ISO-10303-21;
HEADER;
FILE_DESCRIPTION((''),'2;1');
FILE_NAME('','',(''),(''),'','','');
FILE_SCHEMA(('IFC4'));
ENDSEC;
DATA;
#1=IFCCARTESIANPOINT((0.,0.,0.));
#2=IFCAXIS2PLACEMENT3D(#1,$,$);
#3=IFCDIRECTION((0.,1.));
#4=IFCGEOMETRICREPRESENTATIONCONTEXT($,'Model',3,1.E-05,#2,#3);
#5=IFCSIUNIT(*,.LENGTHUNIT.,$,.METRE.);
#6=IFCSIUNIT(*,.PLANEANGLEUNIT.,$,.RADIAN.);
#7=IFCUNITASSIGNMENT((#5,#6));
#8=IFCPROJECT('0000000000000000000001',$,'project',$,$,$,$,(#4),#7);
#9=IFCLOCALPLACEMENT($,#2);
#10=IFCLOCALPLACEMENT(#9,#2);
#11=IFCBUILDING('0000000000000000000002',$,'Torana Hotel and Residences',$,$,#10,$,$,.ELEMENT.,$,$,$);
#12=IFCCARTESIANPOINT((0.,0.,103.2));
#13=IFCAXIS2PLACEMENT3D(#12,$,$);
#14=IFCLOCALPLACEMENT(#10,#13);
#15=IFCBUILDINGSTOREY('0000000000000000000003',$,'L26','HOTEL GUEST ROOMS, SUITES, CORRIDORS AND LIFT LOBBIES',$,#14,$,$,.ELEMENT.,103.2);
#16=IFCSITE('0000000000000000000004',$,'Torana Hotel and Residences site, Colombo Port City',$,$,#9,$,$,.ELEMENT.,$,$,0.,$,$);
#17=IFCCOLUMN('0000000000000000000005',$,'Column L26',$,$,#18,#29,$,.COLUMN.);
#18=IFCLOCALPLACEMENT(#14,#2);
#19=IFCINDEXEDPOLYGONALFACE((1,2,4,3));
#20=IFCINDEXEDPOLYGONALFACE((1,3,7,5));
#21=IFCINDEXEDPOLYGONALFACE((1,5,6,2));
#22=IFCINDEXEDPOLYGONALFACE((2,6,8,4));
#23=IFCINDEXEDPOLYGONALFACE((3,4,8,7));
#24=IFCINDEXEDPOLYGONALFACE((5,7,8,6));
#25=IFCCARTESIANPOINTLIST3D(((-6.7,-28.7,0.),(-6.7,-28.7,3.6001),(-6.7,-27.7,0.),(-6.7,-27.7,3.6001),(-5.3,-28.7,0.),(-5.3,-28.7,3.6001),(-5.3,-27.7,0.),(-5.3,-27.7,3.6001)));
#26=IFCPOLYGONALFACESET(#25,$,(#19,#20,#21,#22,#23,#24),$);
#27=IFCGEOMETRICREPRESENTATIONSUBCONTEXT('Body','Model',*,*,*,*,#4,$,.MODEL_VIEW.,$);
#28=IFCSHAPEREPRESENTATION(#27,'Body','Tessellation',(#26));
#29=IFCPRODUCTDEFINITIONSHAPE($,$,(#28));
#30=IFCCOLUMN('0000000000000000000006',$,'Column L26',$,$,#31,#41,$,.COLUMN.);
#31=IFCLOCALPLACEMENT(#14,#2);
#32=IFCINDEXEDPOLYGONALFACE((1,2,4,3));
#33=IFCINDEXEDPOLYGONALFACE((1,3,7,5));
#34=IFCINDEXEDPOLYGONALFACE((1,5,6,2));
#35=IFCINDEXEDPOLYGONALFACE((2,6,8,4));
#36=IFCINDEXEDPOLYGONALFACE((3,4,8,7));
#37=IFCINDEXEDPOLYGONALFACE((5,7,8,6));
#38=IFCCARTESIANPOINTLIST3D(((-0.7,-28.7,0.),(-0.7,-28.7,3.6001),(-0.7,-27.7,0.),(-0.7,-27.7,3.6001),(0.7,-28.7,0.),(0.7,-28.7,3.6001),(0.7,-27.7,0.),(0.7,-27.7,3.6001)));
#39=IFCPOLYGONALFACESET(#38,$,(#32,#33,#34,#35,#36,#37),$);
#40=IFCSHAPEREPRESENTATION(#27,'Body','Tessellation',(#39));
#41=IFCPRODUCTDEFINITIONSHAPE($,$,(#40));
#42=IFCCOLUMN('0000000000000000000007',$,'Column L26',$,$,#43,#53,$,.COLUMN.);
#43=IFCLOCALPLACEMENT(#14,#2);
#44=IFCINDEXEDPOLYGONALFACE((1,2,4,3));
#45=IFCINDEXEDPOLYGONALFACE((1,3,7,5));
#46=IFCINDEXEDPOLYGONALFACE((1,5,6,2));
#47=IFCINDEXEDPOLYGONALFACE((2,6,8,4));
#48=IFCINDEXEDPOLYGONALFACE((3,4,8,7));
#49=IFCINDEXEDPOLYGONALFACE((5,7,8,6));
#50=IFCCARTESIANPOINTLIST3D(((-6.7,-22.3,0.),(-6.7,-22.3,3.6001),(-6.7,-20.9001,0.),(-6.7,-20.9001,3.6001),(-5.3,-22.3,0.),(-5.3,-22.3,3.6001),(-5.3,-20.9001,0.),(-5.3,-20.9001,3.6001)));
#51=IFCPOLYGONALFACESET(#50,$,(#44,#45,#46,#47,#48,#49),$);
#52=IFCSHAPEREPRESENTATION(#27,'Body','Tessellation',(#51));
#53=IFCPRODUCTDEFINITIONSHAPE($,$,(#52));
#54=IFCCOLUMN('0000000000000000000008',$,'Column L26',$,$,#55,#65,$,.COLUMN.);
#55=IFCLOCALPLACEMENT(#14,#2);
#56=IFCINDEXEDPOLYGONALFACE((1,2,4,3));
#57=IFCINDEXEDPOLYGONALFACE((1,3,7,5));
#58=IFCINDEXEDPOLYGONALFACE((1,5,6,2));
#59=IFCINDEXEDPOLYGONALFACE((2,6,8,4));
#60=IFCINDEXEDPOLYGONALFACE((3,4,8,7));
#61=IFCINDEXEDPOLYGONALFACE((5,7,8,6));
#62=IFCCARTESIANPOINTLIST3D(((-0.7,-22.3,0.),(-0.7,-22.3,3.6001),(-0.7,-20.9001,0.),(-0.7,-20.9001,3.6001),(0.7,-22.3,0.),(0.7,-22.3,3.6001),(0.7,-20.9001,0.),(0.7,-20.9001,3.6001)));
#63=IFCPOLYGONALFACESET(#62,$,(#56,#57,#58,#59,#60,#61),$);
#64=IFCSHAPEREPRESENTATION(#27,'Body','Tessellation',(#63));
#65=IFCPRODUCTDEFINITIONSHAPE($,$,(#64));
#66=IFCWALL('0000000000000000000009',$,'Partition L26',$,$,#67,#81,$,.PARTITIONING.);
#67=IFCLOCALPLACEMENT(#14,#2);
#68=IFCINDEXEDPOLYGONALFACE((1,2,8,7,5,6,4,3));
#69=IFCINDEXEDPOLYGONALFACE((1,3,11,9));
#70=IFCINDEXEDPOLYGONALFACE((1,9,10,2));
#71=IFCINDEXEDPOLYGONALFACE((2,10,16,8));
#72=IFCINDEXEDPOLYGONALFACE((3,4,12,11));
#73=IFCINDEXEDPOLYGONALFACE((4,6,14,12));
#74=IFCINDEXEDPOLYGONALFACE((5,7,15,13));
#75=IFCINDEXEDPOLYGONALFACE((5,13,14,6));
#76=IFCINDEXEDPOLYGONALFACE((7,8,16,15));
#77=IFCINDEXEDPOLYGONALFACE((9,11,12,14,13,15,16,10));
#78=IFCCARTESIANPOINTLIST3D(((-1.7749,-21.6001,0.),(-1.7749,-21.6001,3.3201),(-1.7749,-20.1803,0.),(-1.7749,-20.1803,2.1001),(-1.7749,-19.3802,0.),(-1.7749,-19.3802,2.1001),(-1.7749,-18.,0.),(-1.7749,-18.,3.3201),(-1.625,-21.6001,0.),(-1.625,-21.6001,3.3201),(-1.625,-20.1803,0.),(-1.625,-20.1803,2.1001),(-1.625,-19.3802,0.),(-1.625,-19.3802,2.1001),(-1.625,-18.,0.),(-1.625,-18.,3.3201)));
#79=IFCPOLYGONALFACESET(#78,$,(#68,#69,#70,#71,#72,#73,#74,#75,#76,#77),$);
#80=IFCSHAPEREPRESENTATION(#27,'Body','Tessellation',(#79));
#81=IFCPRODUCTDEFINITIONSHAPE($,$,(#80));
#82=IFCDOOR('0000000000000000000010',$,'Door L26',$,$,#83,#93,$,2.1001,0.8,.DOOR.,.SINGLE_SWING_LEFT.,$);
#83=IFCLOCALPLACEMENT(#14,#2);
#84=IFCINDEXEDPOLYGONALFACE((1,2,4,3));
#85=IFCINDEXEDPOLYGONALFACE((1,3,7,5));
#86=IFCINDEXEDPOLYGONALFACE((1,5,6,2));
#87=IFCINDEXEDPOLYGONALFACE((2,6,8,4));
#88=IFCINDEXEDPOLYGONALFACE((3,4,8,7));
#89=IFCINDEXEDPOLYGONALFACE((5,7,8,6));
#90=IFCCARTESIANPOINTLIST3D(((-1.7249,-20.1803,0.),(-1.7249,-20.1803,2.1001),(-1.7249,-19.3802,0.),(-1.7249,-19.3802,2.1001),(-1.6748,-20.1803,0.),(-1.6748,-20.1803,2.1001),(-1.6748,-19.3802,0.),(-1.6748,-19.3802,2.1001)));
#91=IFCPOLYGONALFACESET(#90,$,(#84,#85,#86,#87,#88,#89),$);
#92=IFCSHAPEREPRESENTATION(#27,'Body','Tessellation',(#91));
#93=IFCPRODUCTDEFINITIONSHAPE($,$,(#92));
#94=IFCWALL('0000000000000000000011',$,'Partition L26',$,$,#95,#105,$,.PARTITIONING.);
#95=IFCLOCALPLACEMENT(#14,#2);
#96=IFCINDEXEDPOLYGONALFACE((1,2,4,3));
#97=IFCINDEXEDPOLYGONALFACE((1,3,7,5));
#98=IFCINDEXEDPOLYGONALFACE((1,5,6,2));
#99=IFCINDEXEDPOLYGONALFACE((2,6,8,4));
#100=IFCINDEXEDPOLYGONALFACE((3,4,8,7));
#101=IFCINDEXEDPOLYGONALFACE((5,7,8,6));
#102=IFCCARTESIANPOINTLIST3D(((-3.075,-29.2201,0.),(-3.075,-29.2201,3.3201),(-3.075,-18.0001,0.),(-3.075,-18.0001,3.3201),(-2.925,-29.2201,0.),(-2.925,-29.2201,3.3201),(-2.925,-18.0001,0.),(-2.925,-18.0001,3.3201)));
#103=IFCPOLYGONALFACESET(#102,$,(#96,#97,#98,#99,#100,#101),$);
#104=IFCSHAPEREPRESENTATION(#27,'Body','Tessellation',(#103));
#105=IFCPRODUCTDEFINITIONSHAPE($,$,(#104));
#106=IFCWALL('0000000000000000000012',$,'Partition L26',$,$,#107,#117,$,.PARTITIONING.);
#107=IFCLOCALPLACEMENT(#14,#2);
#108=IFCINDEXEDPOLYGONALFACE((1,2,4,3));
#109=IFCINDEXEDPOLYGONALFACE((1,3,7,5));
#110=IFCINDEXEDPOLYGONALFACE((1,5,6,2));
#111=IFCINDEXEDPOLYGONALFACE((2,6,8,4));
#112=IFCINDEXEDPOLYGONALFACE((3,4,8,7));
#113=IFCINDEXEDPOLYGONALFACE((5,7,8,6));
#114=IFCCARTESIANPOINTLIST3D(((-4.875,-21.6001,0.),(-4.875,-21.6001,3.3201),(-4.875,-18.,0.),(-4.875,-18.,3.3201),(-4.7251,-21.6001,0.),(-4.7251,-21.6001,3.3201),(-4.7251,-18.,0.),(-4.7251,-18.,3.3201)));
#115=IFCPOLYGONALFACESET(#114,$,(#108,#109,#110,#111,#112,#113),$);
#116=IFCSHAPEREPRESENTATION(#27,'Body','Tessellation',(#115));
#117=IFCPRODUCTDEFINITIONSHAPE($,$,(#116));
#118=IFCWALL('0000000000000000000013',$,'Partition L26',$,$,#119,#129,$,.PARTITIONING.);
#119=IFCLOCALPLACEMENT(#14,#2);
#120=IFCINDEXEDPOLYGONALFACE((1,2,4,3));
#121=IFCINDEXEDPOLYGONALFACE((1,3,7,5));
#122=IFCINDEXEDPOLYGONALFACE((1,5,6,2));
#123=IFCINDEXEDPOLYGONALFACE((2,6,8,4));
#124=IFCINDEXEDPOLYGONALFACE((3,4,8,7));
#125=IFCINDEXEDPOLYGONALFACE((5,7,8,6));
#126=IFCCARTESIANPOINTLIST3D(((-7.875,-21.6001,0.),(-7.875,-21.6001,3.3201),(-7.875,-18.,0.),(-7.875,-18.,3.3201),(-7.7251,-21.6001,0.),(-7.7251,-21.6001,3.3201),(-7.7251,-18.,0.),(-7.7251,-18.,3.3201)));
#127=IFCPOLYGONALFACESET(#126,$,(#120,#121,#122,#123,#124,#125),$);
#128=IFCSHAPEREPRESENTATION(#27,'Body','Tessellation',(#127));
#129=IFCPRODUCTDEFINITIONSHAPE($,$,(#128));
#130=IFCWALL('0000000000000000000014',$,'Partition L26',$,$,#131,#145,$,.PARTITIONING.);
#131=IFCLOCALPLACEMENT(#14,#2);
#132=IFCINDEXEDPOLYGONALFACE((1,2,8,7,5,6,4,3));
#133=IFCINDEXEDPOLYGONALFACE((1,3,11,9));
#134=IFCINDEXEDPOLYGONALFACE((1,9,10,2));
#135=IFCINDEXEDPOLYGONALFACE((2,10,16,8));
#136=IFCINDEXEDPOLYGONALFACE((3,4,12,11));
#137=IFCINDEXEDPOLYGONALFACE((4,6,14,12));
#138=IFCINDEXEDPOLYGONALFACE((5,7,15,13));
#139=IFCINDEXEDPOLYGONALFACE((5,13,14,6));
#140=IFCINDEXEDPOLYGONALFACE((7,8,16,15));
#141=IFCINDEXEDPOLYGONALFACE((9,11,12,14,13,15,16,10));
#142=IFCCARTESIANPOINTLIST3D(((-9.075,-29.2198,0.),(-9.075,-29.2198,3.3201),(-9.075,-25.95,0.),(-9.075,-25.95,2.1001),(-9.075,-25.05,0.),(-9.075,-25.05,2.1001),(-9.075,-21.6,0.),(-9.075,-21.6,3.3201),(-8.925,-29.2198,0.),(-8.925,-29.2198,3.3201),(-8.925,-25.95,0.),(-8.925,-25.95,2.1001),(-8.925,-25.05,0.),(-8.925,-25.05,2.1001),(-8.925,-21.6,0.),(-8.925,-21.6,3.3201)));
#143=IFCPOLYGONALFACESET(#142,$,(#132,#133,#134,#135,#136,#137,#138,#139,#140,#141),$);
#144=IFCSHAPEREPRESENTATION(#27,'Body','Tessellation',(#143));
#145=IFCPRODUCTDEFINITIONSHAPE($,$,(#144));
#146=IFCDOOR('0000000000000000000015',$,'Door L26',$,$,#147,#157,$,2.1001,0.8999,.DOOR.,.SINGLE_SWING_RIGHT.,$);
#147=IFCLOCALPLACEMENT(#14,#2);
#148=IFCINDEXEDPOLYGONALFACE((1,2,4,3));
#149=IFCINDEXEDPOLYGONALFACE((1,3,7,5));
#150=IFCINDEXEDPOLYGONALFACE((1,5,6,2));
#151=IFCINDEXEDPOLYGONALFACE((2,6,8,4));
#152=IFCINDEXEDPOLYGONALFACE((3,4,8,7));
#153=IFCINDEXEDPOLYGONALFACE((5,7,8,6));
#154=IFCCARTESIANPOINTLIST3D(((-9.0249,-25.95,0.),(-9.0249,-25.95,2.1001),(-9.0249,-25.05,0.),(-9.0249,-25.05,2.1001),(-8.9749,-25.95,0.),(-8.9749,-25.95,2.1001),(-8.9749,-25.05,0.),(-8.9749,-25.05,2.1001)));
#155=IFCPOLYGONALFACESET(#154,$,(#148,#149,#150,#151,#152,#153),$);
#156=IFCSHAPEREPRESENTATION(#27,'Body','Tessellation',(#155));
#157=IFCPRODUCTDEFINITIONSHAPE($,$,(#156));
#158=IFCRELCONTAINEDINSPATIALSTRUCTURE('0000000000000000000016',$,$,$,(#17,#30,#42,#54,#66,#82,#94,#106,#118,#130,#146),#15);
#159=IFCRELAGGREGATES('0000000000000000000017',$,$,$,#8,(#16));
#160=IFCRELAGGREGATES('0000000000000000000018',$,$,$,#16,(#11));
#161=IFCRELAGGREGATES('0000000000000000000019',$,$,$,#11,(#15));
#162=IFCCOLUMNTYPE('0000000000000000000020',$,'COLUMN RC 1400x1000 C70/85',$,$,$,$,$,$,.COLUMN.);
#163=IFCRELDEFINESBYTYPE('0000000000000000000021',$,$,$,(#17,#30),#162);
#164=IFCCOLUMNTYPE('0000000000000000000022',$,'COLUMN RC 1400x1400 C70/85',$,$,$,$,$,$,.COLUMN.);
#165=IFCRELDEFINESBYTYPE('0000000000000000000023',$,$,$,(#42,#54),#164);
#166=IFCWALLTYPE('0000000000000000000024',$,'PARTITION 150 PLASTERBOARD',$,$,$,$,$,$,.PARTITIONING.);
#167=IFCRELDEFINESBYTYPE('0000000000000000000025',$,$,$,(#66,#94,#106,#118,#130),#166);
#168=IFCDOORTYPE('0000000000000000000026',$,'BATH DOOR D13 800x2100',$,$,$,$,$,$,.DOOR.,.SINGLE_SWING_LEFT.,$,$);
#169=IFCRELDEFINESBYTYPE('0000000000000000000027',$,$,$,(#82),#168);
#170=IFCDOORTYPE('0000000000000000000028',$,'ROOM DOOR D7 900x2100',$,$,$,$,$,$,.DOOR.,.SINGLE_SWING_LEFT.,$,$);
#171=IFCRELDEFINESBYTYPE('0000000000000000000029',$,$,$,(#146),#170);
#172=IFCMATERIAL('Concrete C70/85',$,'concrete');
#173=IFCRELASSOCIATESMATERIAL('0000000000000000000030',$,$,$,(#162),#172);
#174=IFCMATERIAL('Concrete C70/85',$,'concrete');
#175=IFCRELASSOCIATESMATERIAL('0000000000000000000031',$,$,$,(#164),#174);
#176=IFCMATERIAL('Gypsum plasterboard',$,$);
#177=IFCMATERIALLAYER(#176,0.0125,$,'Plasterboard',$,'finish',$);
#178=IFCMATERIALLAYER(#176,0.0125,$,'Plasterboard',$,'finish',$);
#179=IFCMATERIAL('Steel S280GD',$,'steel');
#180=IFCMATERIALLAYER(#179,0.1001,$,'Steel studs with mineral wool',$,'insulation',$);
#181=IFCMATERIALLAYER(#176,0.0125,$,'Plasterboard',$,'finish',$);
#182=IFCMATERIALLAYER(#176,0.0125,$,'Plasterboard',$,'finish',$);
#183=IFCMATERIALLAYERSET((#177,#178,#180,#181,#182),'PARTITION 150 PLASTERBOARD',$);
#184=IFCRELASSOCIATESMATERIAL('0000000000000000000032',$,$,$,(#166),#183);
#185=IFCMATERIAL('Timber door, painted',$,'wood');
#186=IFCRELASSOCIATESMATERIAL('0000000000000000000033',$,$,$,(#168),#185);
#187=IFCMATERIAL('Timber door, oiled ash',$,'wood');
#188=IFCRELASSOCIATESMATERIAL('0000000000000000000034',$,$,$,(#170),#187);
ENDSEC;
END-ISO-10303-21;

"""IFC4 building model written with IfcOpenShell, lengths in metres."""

from ifc_helpers import new_model, si_unit, direction, frame, frame_2d, origin, origin_2d, place, context, subcontext, project, spatial, rectangle, extrude, material, layer, layer_set, material_profile, profile_set, type_object, element, fill, save


model = new_model("IFC4")

# Units and contexts
model_context = context("Model", 3, precision=1e-05, world=origin(), true_north=direction((0.0, 1.0)))
body_context = subcontext(model_context, "Body", "Model", "MODEL_VIEW")
ifc_project = project(units=[si_unit("LENGTHUNIT", "METRE"), si_unit("PLANEANGLEUNIT", "RADIAN")], contexts=[model_context])

# Site, building, storey
site_placement = place(None, origin())
site = spatial("IfcSite", under=ifc_project, at=site_placement, Name="Torana Hotel and Residences site, Colombo Port City", CompositionType="ELEMENT", RefElevation=0.0)
building_placement = place(site_placement, origin())
building = spatial("IfcBuilding", under=site, at=building_placement, Name="Torana Hotel and Residences", CompositionType="ELEMENT")
storey_placement = place(building_placement, frame((0.0, 0.0, 103.2)))
storey = spatial("IfcBuildingStorey", under=building, at=storey_placement, Name="L26", Description="HOTEL GUEST ROOMS, SUITES, CORRIDORS AND LIFT LOBBIES", CompositionType="ELEMENT", Elevation=103.2)

# Columns
ifc_material_1 = material(Name="Concrete C70/85", Category="concrete")
ifc_material_profile_1 = material_profile(ifc_material_1, rectangle(XDim=1.3999, YDim=1.0, at=origin_2d()), Name="RC 1400x1000")
ifc_profile_set_1 = profile_set([ifc_material_profile_1], Name="Concrete C70/85")
column_type_1 = type_object("IfcColumnType", Name="COLUMN RC 1400x1000 C70/85", PredefinedType="COLUMN", material=ifc_profile_set_1)
for number, where, z_axis, x_axis, name in (
    (1, (-6.0, -28.2, 0.0), (0.0, 0.0, 1.0), (1.0, 0.0, 0.0), "Column L26"),
    (2, (0.0, -28.2, 0.0), (0.0, 0.0, 1.0), (1.0, 0.0, 0.0), "Column L26"),
):
    element("IfcColumn", number, at=place(storey_placement, frame(where, z_axis=z_axis, x_axis=x_axis)), inside=storey, type_object=column_type_1, Name=name, PredefinedType="COLUMN", context=body_context, shape_type="SweptSolid", body=[
        extrude(rectangle(XDim=1.3999, YDim=1.0, at=origin_2d()), origin(), (0.0, 0.0, 1.0), 3.6001),
    ])
ifc_material_2 = material(Name="Concrete C70/85", Category="concrete")
ifc_material_profile_2 = material_profile(ifc_material_2, rectangle(XDim=1.3999, YDim=1.3999, at=origin_2d()), Name="RC 1400x1400")
ifc_profile_set_2 = profile_set([ifc_material_profile_2], Name="Concrete C70/85")
column_type_2 = type_object("IfcColumnType", Name="COLUMN RC 1400x1400 C70/85", PredefinedType="COLUMN", material=ifc_profile_set_2)
for number, where, z_axis, x_axis, name in (
    (3, (-6.0, -21.6001, 0.0), (0.0, 0.0, 1.0), (1.0, 0.0, 0.0), "Column L26"),
    (4, (0.0, -21.6001, 0.0), (0.0, 0.0, 1.0), (1.0, 0.0, 0.0), "Column L26"),
):
    element("IfcColumn", number, at=place(storey_placement, frame(where, z_axis=z_axis, x_axis=x_axis)), inside=storey, type_object=column_type_2, Name=name, PredefinedType="COLUMN", context=body_context, shape_type="SweptSolid", body=[
        extrude(rectangle(XDim=1.3999, YDim=1.3999, at=origin_2d()), origin(), (0.0, 0.0, 1.0), 3.6001),
    ])

# Wall, opening, door
ifc_material_3 = material(Name="Gypsum plasterboard")
ifc_layer_1 = layer(ifc_material_3, 0.0125, Name="Plasterboard", Category="finish")
ifc_layer_2 = layer(ifc_material_3, 0.0125, Name="Plasterboard", Category="finish")
ifc_material_4 = material(Name="Steel S280GD", Category="steel")
ifc_layer_3 = layer(ifc_material_4, 0.1001, Name="Steel studs with mineral wool", Category="insulation")
ifc_layer_4 = layer(ifc_material_3, 0.0125, Name="Plasterboard", Category="finish")
ifc_layer_5 = layer(ifc_material_3, 0.0125, Name="Plasterboard", Category="finish")
ifc_layer_set_1 = layer_set([ifc_layer_1, ifc_layer_2, ifc_layer_3, ifc_layer_4, ifc_layer_5], Name="PARTITION 150 PLASTERBOARD")
wall_type_1 = type_object("IfcWallType", Name="PARTITION 150 PLASTERBOARD", PredefinedType="PARTITIONING", material=ifc_layer_set_1)
wall_1_placement = place(storey_placement, frame((-1.7, -21.6001, 0.0), z_axis=(0.0, 0.0, 1.0), x_axis=(0.0, 1.0, 0.0)))
wall_1 = element("IfcWall", 5, at=wall_1_placement, inside=storey, type_object=wall_type_1, Name="Partition L26", PredefinedType="PARTITIONING", context=body_context, shape_type="SweptSolid", body=[
    extrude(rectangle(XDim=3.6001, YDim=0.1499, at=frame_2d((1.8, 0.0))), origin(), (0.0, 0.0, 1.0), 3.3201),
])
opening_1_placement = place(wall_1_placement, frame((1.4199, 0.0, 0.0)))
opening_1 = element("IfcOpeningElement", 6, at=opening_1_placement, cuts=wall_1, PredefinedType="OPENING", context=body_context, shape_type="SweptSolid", body=[
    extrude(rectangle(XDim=0.8, YDim=2.1001, at=frame_2d((0.3999, 1.05))), frame((0.0, 0.085, 0.0), z_axis=(0.0, -1.0, 0.0), x_axis=(1.0, 0.0, 0.0)), (0.0, 0.0, 1.0), 0.1699),
])
ifc_material_5 = material(Name="Timber door, painted", Category="wood")
door_type_1 = type_object("IfcDoorType", Name="BATH DOOR D13 800x2100", OperationType="SINGLE_SWING_LEFT", PredefinedType="DOOR", material=ifc_material_5)
door_1_placement = place(opening_1_placement, origin())
door_1 = element("IfcDoor", 7, at=door_1_placement, inside=storey, type_object=door_type_1, Name="Door L26", OperationType="SINGLE_SWING_LEFT", OverallHeight=2.1001, OverallWidth=0.8, PredefinedType="DOOR", context=body_context, shape_type="SweptSolid", body=[
    extrude(rectangle(XDim=0.8, YDim=2.1001, at=frame_2d((0.3999, 1.05))), frame((0.0, 0.0249, 0.0), z_axis=(0.0, -1.0, 0.0), x_axis=(1.0, 0.0, 0.0)), (0.0, 0.0, 1.0), 0.05),
])
fill(opening_1, door_1)

# Walls
wall_2_placement = place(storey_placement, frame((-3.0, -29.22, 0.0), z_axis=(0.0, 0.0, 1.0), x_axis=(0.0, 1.0, 0.0)))
element("IfcWall", 8, at=wall_2_placement, inside=storey, type_object=wall_type_1, Name="Partition L26", PredefinedType="PARTITIONING", context=body_context, shape_type="SweptSolid", body=[
    extrude(rectangle(XDim=11.22, YDim=0.1499, at=frame_2d((5.6099, 0.0))), origin(), (0.0, 0.0, 1.0), 3.3201),
])
for number, where, z_axis, x_axis, name in (
    (9, (-4.8, -21.6001, 0.0), (0.0, 0.0, 1.0), (0.0, 1.0, 0.0), "Partition L26"),
    (10, (-7.8, -21.6001, 0.0), (0.0, 0.0, 1.0), (0.0, 1.0, 0.0), "Partition L26"),
):
    element("IfcWall", number, at=place(storey_placement, frame(where, z_axis=z_axis, x_axis=x_axis)), inside=storey, type_object=wall_type_1, Name=name, PredefinedType="PARTITIONING", context=body_context, shape_type="SweptSolid", body=[
        extrude(rectangle(XDim=3.6001, YDim=0.1499, at=frame_2d((1.8, 0.0))), origin(), (0.0, 0.0, 1.0), 3.3201),
    ])

# Wall, opening, door
wall_3_placement = place(storey_placement, frame((-9.0, -29.22, 0.0), z_axis=(0.0, 0.0, 1.0), x_axis=(0.0, 1.0, 0.0)))
wall_3 = element("IfcWall", 11, at=wall_3_placement, inside=storey, type_object=wall_type_1, Name="Partition L26", PredefinedType="PARTITIONING", context=body_context, shape_type="SweptSolid", body=[
    extrude(rectangle(XDim=7.6199, YDim=0.1499, at=frame_2d((3.8101, 0.0))), origin(), (0.0, 0.0, 1.0), 3.3201),
])
opening_2_placement = place(wall_3_placement, frame((3.27, 0.0, 0.0)))
opening_2 = element("IfcOpeningElement", 12, at=opening_2_placement, cuts=wall_3, PredefinedType="OPENING", context=body_context, shape_type="SweptSolid", body=[
    extrude(rectangle(XDim=0.8999, YDim=2.1001, at=frame_2d((0.45, 1.05))), frame((0.0, 0.085, 0.0), z_axis=(0.0, -1.0, 0.0), x_axis=(1.0, 0.0, 0.0)), (0.0, 0.0, 1.0), 0.1699),
])
ifc_material_6 = material(Name="Timber door, oiled ash", Category="wood")
door_type_2 = type_object("IfcDoorType", Name="ROOM DOOR D7 900x2100", OperationType="SINGLE_SWING_LEFT", PredefinedType="DOOR", material=ifc_material_6)
door_2_placement = place(opening_2_placement, origin())
door_2 = element("IfcDoor", 13, at=door_2_placement, inside=storey, type_object=door_type_2, Name="Door L26", OperationType="SINGLE_SWING_RIGHT", OverallHeight=2.1001, OverallWidth=0.8999, PredefinedType="DOOR", context=body_context, shape_type="SweptSolid", body=[
    extrude(rectangle(XDim=0.8999, YDim=2.1001, at=frame_2d((0.45, 1.05))), frame((0.0, 0.0249, 0.0), z_axis=(0.0, -1.0, 0.0), x_axis=(1.0, 0.0, 0.0)), (0.0, 0.0, 1.0), 0.05),
])
fill(opening_2, door_2)

save(model, "model.ifc")
